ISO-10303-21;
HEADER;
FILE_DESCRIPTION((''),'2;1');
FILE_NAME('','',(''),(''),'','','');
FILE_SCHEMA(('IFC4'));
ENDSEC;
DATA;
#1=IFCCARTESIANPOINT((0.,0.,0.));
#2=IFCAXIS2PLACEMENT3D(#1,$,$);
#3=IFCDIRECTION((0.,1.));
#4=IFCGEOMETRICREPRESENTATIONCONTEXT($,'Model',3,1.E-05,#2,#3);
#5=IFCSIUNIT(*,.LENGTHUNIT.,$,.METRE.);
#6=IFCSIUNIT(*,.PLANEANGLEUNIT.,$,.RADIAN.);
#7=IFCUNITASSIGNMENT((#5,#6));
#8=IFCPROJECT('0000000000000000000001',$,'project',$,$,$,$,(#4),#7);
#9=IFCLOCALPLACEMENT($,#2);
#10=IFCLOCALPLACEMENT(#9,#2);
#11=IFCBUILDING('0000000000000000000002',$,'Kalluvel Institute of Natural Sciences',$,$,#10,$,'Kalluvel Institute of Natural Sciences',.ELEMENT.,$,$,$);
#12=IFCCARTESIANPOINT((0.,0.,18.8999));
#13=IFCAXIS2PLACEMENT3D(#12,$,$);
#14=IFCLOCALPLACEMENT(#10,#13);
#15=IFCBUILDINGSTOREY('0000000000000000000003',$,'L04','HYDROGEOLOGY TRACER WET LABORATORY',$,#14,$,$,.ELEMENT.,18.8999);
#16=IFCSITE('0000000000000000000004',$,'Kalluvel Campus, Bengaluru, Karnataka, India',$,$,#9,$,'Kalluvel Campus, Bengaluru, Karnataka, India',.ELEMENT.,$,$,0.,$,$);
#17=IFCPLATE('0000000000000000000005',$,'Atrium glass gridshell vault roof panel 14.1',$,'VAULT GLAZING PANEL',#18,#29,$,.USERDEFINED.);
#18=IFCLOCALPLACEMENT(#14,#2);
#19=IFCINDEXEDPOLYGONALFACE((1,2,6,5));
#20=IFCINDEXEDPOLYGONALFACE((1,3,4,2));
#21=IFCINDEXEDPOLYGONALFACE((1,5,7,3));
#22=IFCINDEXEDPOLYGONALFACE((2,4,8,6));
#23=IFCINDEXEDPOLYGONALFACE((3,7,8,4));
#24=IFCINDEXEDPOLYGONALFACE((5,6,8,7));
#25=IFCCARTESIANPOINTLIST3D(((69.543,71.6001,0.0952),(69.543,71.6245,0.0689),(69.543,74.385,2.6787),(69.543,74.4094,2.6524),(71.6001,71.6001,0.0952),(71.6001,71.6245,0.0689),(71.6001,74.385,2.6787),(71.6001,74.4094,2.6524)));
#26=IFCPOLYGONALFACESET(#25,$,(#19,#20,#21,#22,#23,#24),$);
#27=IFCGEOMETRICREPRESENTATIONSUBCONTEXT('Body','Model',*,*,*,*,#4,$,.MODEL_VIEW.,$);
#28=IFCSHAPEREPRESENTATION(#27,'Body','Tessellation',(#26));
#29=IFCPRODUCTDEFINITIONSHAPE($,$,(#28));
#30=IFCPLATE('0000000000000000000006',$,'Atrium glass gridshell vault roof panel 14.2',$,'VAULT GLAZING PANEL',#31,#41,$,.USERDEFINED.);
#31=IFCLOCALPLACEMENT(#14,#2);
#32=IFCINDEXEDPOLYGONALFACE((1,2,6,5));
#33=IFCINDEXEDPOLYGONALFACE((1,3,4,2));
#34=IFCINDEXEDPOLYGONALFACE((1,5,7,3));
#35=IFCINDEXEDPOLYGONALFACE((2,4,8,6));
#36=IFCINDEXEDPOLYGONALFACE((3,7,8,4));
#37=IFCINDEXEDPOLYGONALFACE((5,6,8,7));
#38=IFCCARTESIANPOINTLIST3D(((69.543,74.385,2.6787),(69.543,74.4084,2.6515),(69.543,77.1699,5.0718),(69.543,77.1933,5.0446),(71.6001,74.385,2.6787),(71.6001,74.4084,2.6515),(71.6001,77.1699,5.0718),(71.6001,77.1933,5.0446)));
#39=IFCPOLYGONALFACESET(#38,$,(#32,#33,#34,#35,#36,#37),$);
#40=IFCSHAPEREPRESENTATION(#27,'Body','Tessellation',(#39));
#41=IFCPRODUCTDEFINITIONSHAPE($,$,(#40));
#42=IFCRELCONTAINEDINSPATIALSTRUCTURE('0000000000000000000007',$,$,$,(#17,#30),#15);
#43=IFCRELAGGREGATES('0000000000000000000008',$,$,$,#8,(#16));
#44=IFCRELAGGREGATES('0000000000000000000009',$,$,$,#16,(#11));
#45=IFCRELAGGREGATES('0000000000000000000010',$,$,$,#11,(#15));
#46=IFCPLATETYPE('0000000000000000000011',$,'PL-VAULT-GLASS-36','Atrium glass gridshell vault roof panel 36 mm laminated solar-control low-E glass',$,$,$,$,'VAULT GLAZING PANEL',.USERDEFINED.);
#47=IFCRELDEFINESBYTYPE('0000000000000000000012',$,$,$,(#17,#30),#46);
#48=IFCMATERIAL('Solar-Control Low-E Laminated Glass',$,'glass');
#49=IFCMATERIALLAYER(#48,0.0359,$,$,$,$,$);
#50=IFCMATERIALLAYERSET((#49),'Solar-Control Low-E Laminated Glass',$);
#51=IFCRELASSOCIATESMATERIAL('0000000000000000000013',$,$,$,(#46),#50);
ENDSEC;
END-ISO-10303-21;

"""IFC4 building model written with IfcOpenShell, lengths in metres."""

from ifc_helpers import new_model, si_unit, direction, frame, origin, place, context, subcontext, project, spatial, polyline, outline, extrude, material, layer, layer_set, type_object, element, save


model = new_model("IFC4")

# Units and contexts
model_context = context("Model", 3, precision=1e-05, world=origin(), true_north=direction((0.0, 1.0)))
body_context = subcontext(model_context, "Body", "Model", "MODEL_VIEW")
ifc_project = project(units=[si_unit("LENGTHUNIT", "METRE"), si_unit("PLANEANGLEUNIT", "RADIAN")], contexts=[model_context])

# Site, building, storey
site_placement = place(None, origin())
site = spatial("IfcSite", under=ifc_project, at=site_placement, Name="Kalluvel Campus, Bengaluru, Karnataka, India", LongName="Kalluvel Campus, Bengaluru, Karnataka, India", CompositionType="ELEMENT", RefElevation=0.0)
building_placement = place(site_placement, origin())
building = spatial("IfcBuilding", under=site, at=building_placement, Name="Kalluvel Institute of Natural Sciences", LongName="Kalluvel Institute of Natural Sciences", CompositionType="ELEMENT")
storey_placement = place(building_placement, frame((0.0, 0.0, 18.8999)))
storey = spatial("IfcBuildingStorey", under=building, at=storey_placement, Name="L04", Description="HYDROGEOLOGY TRACER WET LABORATORY", CompositionType="ELEMENT", Elevation=18.8999)

# Plates
ifc_material_1 = material(Name="Solar-Control Low-E Laminated Glass", Category="glass")
ifc_layer_1 = layer(ifc_material_1, 0.0359)
ifc_layer_set_1 = layer_set([ifc_layer_1], Name="Solar-Control Low-E Laminated Glass")
plate_type_1 = type_object("IfcPlateType", Name="PL-VAULT-GLASS-36", Description="Atrium glass gridshell vault roof panel 36 mm laminated solar-control low-E glass", ElementType="VAULT GLAZING PANEL", PredefinedType="USERDEFINED", material=ifc_layer_set_1)
plate_1_placement = place(storey_placement, frame((69.543, 71.6001, 0.0952), z_axis=(0.0, -0.680099, 0.733121), x_axis=(1.0, 0.0, 0.0)))
element("IfcPlate", 1, at=plate_1_placement, inside=storey, type_object=plate_type_1, Name="Atrium glass gridshell vault roof panel 14.1", ObjectType="VAULT GLAZING PANEL", PredefinedType="USERDEFINED", context=body_context, shape_type="SweptSolid", body=[
    extrude(outline(polyline([(0.0, 0.0), (2.0571, 0.0), (2.0571, 3.7987), (0.0, 3.7987), (0.0, 0.0)])), origin(), (0.0, 0.0, -1.0), 0.0359),
])
plate_2_placement = place(storey_placement, frame((69.543, 74.385, 2.6787), z_axis=(0.0, -0.651733, 0.758449), x_axis=(1.0, 0.0, 0.0)))
element("IfcPlate", 2, at=plate_2_placement, inside=storey, type_object=plate_type_1, Name="Atrium glass gridshell vault roof panel 14.2", ObjectType="VAULT GLAZING PANEL", PredefinedType="USERDEFINED", context=body_context, shape_type="SweptSolid", body=[
    extrude(outline(polyline([(0.0, 0.0), (2.0571, 0.0), (2.0571, 3.6719), (0.0, 3.6719), (0.0, 0.0)])), origin(), (0.0, 0.0, -1.0), 0.0359),
])

save(model, "model.ifc")
